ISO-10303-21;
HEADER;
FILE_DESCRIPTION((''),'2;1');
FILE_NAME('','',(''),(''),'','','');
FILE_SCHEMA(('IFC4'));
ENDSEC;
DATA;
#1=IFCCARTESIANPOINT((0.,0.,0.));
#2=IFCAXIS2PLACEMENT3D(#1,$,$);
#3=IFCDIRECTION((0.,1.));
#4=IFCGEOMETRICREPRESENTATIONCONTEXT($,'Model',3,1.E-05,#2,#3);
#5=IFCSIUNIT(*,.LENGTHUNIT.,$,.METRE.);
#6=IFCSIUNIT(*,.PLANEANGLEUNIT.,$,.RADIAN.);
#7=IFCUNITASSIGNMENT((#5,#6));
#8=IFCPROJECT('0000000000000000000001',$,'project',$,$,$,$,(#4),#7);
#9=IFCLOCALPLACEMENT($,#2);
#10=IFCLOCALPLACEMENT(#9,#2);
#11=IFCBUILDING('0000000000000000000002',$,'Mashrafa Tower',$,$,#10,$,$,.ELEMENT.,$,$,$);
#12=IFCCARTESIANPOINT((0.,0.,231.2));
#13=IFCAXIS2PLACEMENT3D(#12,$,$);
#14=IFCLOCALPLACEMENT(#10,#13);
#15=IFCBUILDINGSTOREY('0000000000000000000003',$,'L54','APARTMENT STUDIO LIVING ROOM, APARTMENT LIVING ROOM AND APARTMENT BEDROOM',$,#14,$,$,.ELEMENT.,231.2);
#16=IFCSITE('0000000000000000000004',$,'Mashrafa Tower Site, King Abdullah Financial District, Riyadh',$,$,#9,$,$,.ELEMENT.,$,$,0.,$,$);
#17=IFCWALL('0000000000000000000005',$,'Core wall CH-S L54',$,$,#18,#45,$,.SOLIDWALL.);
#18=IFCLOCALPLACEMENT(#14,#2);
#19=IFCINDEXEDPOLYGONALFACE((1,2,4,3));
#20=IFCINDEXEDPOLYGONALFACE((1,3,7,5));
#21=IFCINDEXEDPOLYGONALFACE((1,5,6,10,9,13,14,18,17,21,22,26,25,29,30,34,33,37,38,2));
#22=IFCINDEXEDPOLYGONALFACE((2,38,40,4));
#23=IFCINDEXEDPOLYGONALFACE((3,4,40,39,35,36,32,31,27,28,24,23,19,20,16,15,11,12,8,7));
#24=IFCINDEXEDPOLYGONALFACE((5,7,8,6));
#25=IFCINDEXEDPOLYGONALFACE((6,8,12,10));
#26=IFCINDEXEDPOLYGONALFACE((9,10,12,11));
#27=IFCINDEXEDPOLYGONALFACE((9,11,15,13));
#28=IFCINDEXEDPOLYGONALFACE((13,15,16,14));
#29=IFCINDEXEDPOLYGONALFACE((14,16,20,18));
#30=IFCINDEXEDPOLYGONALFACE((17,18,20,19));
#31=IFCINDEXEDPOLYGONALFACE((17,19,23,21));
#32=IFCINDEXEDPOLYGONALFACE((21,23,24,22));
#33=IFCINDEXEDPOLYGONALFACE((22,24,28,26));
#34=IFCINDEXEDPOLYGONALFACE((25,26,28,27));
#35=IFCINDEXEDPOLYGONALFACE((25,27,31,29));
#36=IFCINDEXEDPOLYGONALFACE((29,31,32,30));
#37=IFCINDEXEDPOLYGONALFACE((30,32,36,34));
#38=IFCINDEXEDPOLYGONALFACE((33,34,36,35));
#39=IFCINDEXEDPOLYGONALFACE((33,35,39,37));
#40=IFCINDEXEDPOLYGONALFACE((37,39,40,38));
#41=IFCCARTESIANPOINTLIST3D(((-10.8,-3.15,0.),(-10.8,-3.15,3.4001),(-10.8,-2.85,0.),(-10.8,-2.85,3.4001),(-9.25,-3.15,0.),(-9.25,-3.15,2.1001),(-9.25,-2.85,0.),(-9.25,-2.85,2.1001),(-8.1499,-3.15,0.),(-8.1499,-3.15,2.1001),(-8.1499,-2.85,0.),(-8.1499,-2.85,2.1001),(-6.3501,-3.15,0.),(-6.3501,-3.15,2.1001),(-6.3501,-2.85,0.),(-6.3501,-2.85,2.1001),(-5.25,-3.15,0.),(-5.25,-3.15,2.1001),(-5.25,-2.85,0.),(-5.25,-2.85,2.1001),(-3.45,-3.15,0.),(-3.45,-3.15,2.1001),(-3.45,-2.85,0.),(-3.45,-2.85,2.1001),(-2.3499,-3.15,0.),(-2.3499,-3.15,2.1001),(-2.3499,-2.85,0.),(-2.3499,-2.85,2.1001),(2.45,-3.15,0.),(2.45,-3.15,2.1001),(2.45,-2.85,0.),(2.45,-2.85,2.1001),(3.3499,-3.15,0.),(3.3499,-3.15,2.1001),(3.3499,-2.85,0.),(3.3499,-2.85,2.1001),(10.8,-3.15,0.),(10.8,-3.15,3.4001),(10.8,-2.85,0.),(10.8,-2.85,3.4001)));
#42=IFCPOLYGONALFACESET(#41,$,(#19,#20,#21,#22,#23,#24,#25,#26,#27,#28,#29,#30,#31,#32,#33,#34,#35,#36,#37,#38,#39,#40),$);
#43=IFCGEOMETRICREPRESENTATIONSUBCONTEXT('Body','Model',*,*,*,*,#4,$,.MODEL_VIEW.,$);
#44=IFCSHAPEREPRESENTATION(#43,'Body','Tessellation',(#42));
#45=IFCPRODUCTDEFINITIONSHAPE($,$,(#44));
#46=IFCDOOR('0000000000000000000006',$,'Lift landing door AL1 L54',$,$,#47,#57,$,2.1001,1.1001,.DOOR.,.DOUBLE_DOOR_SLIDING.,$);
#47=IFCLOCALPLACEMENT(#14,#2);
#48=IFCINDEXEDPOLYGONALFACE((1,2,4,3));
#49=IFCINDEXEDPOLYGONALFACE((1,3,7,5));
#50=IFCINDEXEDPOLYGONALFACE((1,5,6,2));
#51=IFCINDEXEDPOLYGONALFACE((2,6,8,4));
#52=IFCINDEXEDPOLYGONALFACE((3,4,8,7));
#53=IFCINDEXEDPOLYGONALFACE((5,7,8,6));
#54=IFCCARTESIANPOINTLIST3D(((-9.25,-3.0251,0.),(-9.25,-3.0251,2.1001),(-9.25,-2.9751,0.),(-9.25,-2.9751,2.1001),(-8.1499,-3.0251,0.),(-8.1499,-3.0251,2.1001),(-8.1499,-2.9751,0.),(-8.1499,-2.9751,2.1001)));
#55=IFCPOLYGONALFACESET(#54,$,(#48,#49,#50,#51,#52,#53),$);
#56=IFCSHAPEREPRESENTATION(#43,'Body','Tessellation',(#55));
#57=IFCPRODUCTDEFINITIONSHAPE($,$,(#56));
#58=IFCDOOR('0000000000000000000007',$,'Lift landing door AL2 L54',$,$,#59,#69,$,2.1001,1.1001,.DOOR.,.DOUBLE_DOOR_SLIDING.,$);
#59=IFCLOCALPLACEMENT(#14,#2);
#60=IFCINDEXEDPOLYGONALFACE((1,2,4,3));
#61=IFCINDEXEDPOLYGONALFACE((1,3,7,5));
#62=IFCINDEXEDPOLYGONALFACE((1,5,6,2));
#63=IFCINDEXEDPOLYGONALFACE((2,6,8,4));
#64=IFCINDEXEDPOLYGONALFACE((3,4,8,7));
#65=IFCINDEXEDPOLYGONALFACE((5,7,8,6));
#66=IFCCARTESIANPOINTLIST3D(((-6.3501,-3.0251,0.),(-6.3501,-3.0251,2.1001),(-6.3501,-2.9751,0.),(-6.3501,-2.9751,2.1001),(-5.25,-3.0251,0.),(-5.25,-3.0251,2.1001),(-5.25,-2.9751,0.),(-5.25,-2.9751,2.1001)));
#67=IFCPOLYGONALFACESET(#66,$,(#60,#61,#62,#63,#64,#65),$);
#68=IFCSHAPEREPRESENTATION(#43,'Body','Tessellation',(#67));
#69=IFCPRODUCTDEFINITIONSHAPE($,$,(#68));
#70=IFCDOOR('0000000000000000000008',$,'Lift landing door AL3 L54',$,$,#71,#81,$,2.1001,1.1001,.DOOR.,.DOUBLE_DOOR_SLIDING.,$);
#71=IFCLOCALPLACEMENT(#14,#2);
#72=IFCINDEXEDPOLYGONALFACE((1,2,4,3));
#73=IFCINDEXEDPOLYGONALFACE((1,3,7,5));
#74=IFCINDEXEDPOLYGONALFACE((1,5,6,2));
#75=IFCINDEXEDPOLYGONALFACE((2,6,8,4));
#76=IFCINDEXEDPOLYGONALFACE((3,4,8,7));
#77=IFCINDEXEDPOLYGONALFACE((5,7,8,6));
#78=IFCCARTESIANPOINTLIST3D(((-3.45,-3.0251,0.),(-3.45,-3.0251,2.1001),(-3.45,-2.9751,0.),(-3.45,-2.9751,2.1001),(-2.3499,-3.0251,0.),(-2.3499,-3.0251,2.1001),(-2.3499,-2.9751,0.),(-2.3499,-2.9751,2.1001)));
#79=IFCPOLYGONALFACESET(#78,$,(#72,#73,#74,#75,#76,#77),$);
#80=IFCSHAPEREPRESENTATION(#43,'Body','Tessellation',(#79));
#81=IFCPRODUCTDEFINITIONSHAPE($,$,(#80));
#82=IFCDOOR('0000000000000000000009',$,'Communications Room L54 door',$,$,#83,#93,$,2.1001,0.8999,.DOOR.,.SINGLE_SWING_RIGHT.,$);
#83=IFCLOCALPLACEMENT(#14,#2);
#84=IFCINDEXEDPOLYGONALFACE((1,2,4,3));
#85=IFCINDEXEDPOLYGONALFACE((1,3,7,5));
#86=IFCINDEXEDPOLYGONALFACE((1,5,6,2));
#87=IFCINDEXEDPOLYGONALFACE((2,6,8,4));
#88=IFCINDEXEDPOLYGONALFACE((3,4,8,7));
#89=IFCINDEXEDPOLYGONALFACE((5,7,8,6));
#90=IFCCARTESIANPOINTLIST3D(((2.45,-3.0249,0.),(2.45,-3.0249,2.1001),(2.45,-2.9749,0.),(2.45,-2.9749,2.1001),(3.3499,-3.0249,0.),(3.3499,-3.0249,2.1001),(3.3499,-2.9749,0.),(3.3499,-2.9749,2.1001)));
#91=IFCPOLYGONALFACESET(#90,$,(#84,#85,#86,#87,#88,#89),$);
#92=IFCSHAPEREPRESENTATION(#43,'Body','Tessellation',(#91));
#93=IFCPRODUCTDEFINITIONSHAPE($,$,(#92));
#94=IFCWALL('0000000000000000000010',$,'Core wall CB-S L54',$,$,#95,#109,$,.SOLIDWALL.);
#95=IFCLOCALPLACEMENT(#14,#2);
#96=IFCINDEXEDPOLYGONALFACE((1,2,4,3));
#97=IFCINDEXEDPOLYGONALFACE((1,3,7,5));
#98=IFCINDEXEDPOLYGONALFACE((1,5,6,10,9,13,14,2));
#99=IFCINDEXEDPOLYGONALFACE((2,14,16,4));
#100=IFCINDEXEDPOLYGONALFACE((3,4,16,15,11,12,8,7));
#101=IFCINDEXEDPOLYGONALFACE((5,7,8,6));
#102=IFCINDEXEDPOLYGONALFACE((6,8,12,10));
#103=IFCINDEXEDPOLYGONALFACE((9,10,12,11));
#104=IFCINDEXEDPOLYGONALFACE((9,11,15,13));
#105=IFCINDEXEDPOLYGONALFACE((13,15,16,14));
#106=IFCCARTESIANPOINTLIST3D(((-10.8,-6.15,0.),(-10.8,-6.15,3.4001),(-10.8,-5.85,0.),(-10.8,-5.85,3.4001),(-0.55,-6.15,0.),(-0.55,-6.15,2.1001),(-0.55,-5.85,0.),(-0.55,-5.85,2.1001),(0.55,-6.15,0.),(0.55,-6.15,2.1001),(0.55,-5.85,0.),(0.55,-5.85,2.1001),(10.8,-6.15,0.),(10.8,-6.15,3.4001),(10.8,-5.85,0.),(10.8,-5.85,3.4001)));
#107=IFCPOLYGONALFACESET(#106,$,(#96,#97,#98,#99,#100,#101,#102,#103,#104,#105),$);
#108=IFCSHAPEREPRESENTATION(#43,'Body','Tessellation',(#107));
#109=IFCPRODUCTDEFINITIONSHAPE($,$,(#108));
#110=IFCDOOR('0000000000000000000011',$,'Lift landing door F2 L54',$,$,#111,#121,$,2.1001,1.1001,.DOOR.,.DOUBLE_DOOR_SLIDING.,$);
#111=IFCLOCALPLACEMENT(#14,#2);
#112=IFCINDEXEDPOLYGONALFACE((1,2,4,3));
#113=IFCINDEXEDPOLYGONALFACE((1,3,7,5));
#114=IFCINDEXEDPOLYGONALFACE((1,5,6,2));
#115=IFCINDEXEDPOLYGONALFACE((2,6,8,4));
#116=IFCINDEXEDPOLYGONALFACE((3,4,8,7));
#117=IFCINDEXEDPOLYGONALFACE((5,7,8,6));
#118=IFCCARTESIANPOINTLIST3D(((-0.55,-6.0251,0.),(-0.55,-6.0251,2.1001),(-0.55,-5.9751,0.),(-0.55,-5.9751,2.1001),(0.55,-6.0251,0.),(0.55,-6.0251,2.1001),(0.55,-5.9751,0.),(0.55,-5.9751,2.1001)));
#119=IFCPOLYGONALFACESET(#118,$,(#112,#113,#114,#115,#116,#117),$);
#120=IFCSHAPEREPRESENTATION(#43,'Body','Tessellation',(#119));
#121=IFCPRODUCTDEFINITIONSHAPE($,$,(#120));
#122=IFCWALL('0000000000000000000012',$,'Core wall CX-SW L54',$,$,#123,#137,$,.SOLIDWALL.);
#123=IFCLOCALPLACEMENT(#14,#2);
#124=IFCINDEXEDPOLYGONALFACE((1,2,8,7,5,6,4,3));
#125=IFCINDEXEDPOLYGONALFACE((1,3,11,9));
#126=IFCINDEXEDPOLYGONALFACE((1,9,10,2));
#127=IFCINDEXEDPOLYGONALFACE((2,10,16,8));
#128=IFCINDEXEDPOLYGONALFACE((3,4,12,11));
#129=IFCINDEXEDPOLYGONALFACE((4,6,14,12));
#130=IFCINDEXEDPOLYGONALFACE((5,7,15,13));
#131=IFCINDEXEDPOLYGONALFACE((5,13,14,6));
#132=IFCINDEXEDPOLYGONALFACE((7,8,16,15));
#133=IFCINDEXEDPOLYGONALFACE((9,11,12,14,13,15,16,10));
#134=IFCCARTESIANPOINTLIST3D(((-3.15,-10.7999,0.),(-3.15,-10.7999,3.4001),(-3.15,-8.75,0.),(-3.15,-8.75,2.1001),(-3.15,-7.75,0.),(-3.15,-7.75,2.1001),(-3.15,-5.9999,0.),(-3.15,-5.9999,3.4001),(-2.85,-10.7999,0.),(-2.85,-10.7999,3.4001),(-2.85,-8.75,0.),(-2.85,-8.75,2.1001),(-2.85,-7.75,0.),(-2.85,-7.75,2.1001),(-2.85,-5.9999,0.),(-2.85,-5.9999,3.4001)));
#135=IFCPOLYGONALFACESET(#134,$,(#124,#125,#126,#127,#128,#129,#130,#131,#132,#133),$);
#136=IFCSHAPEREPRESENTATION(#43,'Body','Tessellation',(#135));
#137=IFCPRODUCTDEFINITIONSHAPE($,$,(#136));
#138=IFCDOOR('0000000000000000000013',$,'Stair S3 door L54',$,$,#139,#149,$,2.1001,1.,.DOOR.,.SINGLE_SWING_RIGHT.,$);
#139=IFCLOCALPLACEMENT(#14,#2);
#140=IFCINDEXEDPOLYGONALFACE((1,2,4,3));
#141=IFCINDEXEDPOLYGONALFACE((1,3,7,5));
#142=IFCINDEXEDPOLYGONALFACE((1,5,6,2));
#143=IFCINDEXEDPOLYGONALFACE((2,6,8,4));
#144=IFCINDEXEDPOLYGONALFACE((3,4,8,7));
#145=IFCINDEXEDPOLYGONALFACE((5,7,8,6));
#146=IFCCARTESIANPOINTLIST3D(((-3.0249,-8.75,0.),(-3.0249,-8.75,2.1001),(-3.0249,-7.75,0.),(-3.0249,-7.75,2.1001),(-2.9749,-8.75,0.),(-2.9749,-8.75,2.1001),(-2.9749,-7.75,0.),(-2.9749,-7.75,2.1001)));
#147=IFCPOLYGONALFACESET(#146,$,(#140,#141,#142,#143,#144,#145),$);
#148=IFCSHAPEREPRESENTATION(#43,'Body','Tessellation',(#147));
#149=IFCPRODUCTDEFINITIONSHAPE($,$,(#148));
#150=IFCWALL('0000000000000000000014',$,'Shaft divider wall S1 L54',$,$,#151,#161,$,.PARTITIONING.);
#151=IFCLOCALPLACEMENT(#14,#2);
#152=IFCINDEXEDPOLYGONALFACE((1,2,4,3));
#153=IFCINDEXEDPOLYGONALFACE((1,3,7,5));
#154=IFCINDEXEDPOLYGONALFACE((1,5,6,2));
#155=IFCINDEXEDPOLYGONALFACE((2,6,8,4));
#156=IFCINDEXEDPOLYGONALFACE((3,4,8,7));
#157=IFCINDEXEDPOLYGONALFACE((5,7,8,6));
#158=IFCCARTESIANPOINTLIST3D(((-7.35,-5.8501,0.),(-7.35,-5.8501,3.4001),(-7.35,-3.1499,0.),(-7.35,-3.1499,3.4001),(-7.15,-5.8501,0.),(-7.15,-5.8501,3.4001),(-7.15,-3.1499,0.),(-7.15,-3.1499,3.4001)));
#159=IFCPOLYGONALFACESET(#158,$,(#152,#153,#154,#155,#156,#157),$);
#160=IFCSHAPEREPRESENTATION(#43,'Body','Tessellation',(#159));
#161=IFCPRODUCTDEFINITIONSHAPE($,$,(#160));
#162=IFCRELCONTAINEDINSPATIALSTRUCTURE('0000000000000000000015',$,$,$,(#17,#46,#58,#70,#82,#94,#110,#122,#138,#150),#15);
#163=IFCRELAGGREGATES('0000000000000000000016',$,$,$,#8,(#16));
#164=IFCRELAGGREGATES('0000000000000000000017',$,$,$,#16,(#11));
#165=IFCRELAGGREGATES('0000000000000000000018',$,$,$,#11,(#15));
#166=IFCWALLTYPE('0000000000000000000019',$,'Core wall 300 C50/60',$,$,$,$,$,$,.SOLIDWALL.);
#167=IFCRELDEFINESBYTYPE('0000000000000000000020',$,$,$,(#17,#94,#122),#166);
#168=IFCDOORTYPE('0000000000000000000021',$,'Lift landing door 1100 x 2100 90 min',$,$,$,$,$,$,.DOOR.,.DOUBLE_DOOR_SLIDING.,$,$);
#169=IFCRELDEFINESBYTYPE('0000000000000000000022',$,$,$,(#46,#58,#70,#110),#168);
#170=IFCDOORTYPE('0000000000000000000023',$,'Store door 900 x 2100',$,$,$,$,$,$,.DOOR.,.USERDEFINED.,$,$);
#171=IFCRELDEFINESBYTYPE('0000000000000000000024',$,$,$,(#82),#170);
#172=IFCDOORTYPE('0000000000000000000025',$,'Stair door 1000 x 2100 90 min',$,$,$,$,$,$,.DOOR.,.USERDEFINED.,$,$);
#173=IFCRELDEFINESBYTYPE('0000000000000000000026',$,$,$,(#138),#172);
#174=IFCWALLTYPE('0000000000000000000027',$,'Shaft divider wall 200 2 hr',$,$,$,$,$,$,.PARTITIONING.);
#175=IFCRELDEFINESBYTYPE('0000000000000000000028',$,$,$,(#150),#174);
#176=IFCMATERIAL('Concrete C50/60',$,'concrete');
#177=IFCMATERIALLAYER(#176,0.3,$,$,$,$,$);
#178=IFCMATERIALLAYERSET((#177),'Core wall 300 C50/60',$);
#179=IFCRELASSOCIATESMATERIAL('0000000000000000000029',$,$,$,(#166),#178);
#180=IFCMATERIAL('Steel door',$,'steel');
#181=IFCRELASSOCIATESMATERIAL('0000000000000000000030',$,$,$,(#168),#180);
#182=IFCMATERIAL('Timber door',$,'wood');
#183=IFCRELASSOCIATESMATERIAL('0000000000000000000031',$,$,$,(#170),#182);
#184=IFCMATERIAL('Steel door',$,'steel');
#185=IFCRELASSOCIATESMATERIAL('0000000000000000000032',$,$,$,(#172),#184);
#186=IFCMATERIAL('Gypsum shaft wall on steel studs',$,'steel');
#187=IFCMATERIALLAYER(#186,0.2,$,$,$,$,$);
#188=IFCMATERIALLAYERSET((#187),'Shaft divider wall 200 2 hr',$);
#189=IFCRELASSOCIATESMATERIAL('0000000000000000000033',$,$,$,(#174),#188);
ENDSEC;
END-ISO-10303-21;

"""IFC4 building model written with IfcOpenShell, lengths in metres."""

from ifc_helpers import new_model, si_unit, direction, frame, frame_2d, origin, place, context, subcontext, project, spatial, rectangle, extrude, material, layer, layer_set, type_object, element, fill, save


model = new_model("IFC4")

# Units and contexts
model_context = context("Model", 3, precision=1e-05, world=origin(), true_north=direction((0.0, 1.0)))
body_context = subcontext(model_context, "Body", "Model", "MODEL_VIEW")
ifc_project = project(units=[si_unit("LENGTHUNIT", "METRE"), si_unit("PLANEANGLEUNIT", "RADIAN")], contexts=[model_context])

# Site, building, storey
site_placement = place(None, origin())
site = spatial("IfcSite", under=ifc_project, at=site_placement, Name="Mashrafa Tower Site, King Abdullah Financial District, Riyadh", CompositionType="ELEMENT", RefElevation=0.0)
building_placement = place(site_placement, origin())
building = spatial("IfcBuilding", under=site, at=building_placement, Name="Mashrafa Tower", CompositionType="ELEMENT")
storey_placement = place(building_placement, frame((0.0, 0.0, 231.2)))
storey = spatial("IfcBuildingStorey", under=building, at=storey_placement, Name="L54", Description="APARTMENT STUDIO LIVING ROOM, APARTMENT LIVING ROOM AND APARTMENT BEDROOM", CompositionType="ELEMENT", Elevation=231.2)

# Wall, openings, doors
ifc_material_1 = material(Name="Concrete C50/60", Category="concrete")
ifc_layer_1 = layer(ifc_material_1, 0.3)
ifc_layer_set_1 = layer_set([ifc_layer_1], Name="Core wall 300 C50/60")
wall_type_1 = type_object("IfcWallType", Name="Core wall 300 C50/60", PredefinedType="SOLIDWALL", material=ifc_layer_set_1)
wall_1_placement = place(storey_placement, frame((-10.8, -3.0, 0.0), z_axis=(0.0, 0.0, 1.0), x_axis=(1.0, 0.0, 0.0)))
wall_1 = element("IfcWall", 1, at=wall_1_placement, inside=storey, type_object=wall_type_1, Name="Core wall CH-S L54", PredefinedType="SOLIDWALL", context=body_context, shape_type="SweptSolid", body=[
    extrude(rectangle(XDim=21.6001, YDim=0.3, at=frame_2d((10.8, 0.0))), origin(), (0.0, 0.0, 1.0), 3.4001),
])
opening_1_placement = place(wall_1_placement, frame((13.25, 0.0, 0.0)))
opening_1 = element("IfcOpeningElement", 2, at=opening_1_placement, cuts=wall_1, PredefinedType="OPENING", context=body_context, shape_type="SweptSolid", body=[
    extrude(rectangle(XDim=0.8999, YDim=2.1001, at=frame_2d((0.45, 1.05))), frame((0.0, 0.1599, 0.0), z_axis=(0.0, -1.0, 0.0), x_axis=(1.0, 0.0, 0.0)), (0.0, 0.0, 1.0), 0.3201),
])
opening_2_placement = place(wall_1_placement, frame((1.55, 0.0, 0.0)))
opening_2 = element("IfcOpeningElement", 3, at=opening_2_placement, cuts=wall_1, PredefinedType="OPENING", context=body_context, shape_type="SweptSolid", body=[
    extrude(rectangle(XDim=1.1001, YDim=2.1001, at=frame_2d((0.55, 1.05))), frame((0.0, 0.1599, 0.0), z_axis=(0.0, -1.0, 0.0), x_axis=(1.0, 0.0, 0.0)), (0.0, 0.0, 1.0), 0.3201),
])
opening_3_placement = place(wall_1_placement, frame((4.45, 0.0, 0.0)))
opening_3 = element("IfcOpeningElement", 4, at=opening_3_placement, cuts=wall_1, PredefinedType="OPENING", context=body_context, shape_type="SweptSolid", body=[
    extrude(rectangle(XDim=1.1001, YDim=2.1001, at=frame_2d((0.55, 1.05))), frame((0.0, 0.1599, 0.0), z_axis=(0.0, -1.0, 0.0), x_axis=(1.0, 0.0, 0.0)), (0.0, 0.0, 1.0), 0.3201),
])
opening_4_placement = place(wall_1_placement, frame((7.3501, 0.0, 0.0)))
opening_4 = element("IfcOpeningElement", 5, at=opening_4_placement, cuts=wall_1, PredefinedType="OPENING", context=body_context, shape_type="SweptSolid", body=[
    extrude(rectangle(XDim=1.1001, YDim=2.1001, at=frame_2d((0.55, 1.05))), frame((0.0, 0.1599, 0.0), z_axis=(0.0, -1.0, 0.0), x_axis=(1.0, 0.0, 0.0)), (0.0, 0.0, 1.0), 0.3201),
])
ifc_material_2 = material(Name="Steel door", Category="steel")
door_type_1 = type_object("IfcDoorType", Name="Lift landing door 1100 x 2100 90 min", OperationType="DOUBLE_DOOR_SLIDING", PredefinedType="DOOR", material=ifc_material_2)
door_1_placement = place(opening_2_placement, origin())
door_1 = element("IfcDoor", 6, at=door_1_placement, inside=storey, type_object=door_type_1, Name="Lift landing door AL1 L54", OperationType="DOUBLE_DOOR_SLIDING", OverallHeight=2.1001, OverallWidth=1.1001, PredefinedType="DOOR", context=body_context, shape_type="SweptSolid", body=[
    extrude(rectangle(XDim=1.1001, YDim=2.1001, at=frame_2d((0.55, 1.05))), frame((0.0, 0.0249, 0.0), z_axis=(0.0, -1.0, 0.0), x_axis=(1.0, 0.0, 0.0)), (0.0, 0.0, 1.0), 0.05),
])
fill(opening_2, door_1)
door_2_placement = place(opening_3_placement, origin())
door_2 = element("IfcDoor", 7, at=door_2_placement, inside=storey, type_object=door_type_1, Name="Lift landing door AL2 L54", OperationType="DOUBLE_DOOR_SLIDING", OverallHeight=2.1001, OverallWidth=1.1001, PredefinedType="DOOR", context=body_context, shape_type="SweptSolid", body=[
    extrude(rectangle(XDim=1.1001, YDim=2.1001, at=frame_2d((0.55, 1.05))), frame((0.0, 0.0249, 0.0), z_axis=(0.0, -1.0, 0.0), x_axis=(1.0, 0.0, 0.0)), (0.0, 0.0, 1.0), 0.05),
])
fill(opening_3, door_2)
door_3_placement = place(opening_4_placement, origin())
door_3 = element("IfcDoor", 8, at=door_3_placement, inside=storey, type_object=door_type_1, Name="Lift landing door AL3 L54", OperationType="DOUBLE_DOOR_SLIDING", OverallHeight=2.1001, OverallWidth=1.1001, PredefinedType="DOOR", context=body_context, shape_type="SweptSolid", body=[
    extrude(rectangle(XDim=1.1001, YDim=2.1001, at=frame_2d((0.55, 1.05))), frame((0.0, 0.0249, 0.0), z_axis=(0.0, -1.0, 0.0), x_axis=(1.0, 0.0, 0.0)), (0.0, 0.0, 1.0), 0.05),
])
fill(opening_4, door_3)
ifc_material_3 = material(Name="Timber door", Category="wood")
door_type_2 = type_object("IfcDoorType", Name="Store door 900 x 2100", OperationType="USERDEFINED", PredefinedType="DOOR", material=ifc_material_3)
door_4_placement = place(opening_1_placement, frame((0.8999, 0.0, 0.0), z_axis=(0.0, 0.0, 1.0), x_axis=(-1.0, 0.0, 0.0)))
door_4 = element("IfcDoor", 9, at=door_4_placement, inside=storey, type_object=door_type_2, Name="Communications Room L54 door", OperationType="SINGLE_SWING_RIGHT", OverallHeight=2.1001, OverallWidth=0.8999, PredefinedType="DOOR", context=body_context, shape_type="SweptSolid", body=[
    extrude(rectangle(XDim=0.8999, YDim=2.1001, at=frame_2d((0.45, 1.05))), frame((0.0, 0.0249, 0.0), z_axis=(0.0, -1.0, 0.0), x_axis=(1.0, 0.0, 0.0)), (0.0, 0.0, 1.0), 0.05),
])
fill(opening_1, door_4)

# Walls, openings, doors
wall_2_placement = place(storey_placement, frame((-10.8, -6.0, 0.0), z_axis=(0.0, 0.0, 1.0), x_axis=(1.0, 0.0, 0.0)))
wall_2 = element("IfcWall", 10, at=wall_2_placement, inside=storey, type_object=wall_type_1, Name="Core wall CB-S L54", PredefinedType="SOLIDWALL", context=body_context, shape_type="SweptSolid", body=[
    extrude(rectangle(XDim=21.6001, YDim=0.3, at=frame_2d((10.8, 0.0))), origin(), (0.0, 0.0, 1.0), 3.4001),
])
opening_5_placement = place(wall_2_placement, frame((10.25, 0.0, 0.0)))
opening_5 = element("IfcOpeningElement", 11, at=opening_5_placement, cuts=wall_2, PredefinedType="OPENING", context=body_context, shape_type="SweptSolid", body=[
    extrude(rectangle(XDim=1.1001, YDim=2.1001, at=frame_2d((0.55, 1.05))), frame((0.0, 0.1599, 0.0), z_axis=(0.0, -1.0, 0.0), x_axis=(1.0, 0.0, 0.0)), (0.0, 0.0, 1.0), 0.3201),
])
door_5_placement = place(opening_5_placement, origin())
door_5 = element("IfcDoor", 12, at=door_5_placement, inside=storey, type_object=door_type_1, Name="Lift landing door F2 L54", OperationType="DOUBLE_DOOR_SLIDING", OverallHeight=2.1001, OverallWidth=1.1001, PredefinedType="DOOR", context=body_context, shape_type="SweptSolid", body=[
    extrude(rectangle(XDim=1.1001, YDim=2.1001, at=frame_2d((0.55, 1.05))), frame((0.0, 0.0249, 0.0), z_axis=(0.0, -1.0, 0.0), x_axis=(1.0, 0.0, 0.0)), (0.0, 0.0, 1.0), 0.05),
])
fill(opening_5, door_5)
wall_3_placement = place(storey_placement, frame((-3.0, -6.0, 0.0), z_axis=(0.0, 0.0, 1.0), x_axis=(0.0, -1.0, 0.0)))
wall_3 = element("IfcWall", 13, at=wall_3_placement, inside=storey, type_object=wall_type_1, Name="Core wall CX-SW L54", PredefinedType="SOLIDWALL", context=body_context, shape_type="SweptSolid", body=[
    extrude(rectangle(XDim=4.8, YDim=0.3, at=frame_2d((2.3999, 0.0))), origin(), (0.0, 0.0, 1.0), 3.4001),
])
opening_6_placement = place(wall_3_placement, frame((1.75, 0.0, 0.0)))
opening_6 = element("IfcOpeningElement", 14, at=opening_6_placement, cuts=wall_3, PredefinedType="OPENING", context=body_context, shape_type="SweptSolid", body=[
    extrude(rectangle(XDim=1.0, YDim=2.1001, at=frame_2d((0.5, 1.05))), frame((0.0, 0.1599, 0.0), z_axis=(0.0, -1.0, 0.0), x_axis=(1.0, 0.0, 0.0)), (0.0, 0.0, 1.0), 0.3201),
])
ifc_material_4 = material(Name="Steel door", Category="steel")
door_type_3 = type_object("IfcDoorType", Name="Stair door 1000 x 2100 90 min", OperationType="USERDEFINED", PredefinedType="DOOR", material=ifc_material_4)
door_6_placement = place(opening_6_placement, frame((1.0, 0.0, 0.0), z_axis=(0.0, 0.0, 1.0), x_axis=(-1.0, 0.0, 0.0)))
door_6 = element("IfcDoor", 15, at=door_6_placement, inside=storey, type_object=door_type_3, Name="Stair S3 door L54", OperationType="SINGLE_SWING_RIGHT", OverallHeight=2.1001, OverallWidth=1.0, PredefinedType="DOOR", context=body_context, shape_type="SweptSolid", body=[
    extrude(rectangle(XDim=1.0, YDim=2.1001, at=frame_2d((0.5, 1.05))), frame((0.0, 0.0249, 0.0), z_axis=(0.0, -1.0, 0.0), x_axis=(1.0, 0.0, 0.0)), (0.0, 0.0, 1.0), 0.05),
])
fill(opening_6, door_6)

# Wall
ifc_material_5 = material(Name="Gypsum shaft wall on steel studs", Category="steel")
ifc_layer_2 = layer(ifc_material_5, 0.2)
ifc_layer_set_2 = layer_set([ifc_layer_2], Name="Shaft divider wall 200 2 hr")
wall_type_2 = type_object("IfcWallType", Name="Shaft divider wall 200 2 hr", PredefinedType="PARTITIONING", material=ifc_layer_set_2)
for number, where, z_axis, x_axis, name in (
    (16, (-7.25, -5.8501, 0.0), (0.0, 0.0, 1.0), (0.0, 1.0, 0.0), "Shaft divider wall S1 L54"),
):
    element("IfcWall", number, at=place(storey_placement, frame(where, z_axis=z_axis, x_axis=x_axis)), inside=storey, type_object=wall_type_2, Name=name, PredefinedType="PARTITIONING", context=body_context, shape_type="SweptSolid", body=[
        extrude(rectangle(XDim=2.7002, YDim=0.2, at=frame_2d((1.3501, 0.0))), origin(), (0.0, 0.0, 1.0), 3.4001),
    ])

save(model, "model.ifc")
